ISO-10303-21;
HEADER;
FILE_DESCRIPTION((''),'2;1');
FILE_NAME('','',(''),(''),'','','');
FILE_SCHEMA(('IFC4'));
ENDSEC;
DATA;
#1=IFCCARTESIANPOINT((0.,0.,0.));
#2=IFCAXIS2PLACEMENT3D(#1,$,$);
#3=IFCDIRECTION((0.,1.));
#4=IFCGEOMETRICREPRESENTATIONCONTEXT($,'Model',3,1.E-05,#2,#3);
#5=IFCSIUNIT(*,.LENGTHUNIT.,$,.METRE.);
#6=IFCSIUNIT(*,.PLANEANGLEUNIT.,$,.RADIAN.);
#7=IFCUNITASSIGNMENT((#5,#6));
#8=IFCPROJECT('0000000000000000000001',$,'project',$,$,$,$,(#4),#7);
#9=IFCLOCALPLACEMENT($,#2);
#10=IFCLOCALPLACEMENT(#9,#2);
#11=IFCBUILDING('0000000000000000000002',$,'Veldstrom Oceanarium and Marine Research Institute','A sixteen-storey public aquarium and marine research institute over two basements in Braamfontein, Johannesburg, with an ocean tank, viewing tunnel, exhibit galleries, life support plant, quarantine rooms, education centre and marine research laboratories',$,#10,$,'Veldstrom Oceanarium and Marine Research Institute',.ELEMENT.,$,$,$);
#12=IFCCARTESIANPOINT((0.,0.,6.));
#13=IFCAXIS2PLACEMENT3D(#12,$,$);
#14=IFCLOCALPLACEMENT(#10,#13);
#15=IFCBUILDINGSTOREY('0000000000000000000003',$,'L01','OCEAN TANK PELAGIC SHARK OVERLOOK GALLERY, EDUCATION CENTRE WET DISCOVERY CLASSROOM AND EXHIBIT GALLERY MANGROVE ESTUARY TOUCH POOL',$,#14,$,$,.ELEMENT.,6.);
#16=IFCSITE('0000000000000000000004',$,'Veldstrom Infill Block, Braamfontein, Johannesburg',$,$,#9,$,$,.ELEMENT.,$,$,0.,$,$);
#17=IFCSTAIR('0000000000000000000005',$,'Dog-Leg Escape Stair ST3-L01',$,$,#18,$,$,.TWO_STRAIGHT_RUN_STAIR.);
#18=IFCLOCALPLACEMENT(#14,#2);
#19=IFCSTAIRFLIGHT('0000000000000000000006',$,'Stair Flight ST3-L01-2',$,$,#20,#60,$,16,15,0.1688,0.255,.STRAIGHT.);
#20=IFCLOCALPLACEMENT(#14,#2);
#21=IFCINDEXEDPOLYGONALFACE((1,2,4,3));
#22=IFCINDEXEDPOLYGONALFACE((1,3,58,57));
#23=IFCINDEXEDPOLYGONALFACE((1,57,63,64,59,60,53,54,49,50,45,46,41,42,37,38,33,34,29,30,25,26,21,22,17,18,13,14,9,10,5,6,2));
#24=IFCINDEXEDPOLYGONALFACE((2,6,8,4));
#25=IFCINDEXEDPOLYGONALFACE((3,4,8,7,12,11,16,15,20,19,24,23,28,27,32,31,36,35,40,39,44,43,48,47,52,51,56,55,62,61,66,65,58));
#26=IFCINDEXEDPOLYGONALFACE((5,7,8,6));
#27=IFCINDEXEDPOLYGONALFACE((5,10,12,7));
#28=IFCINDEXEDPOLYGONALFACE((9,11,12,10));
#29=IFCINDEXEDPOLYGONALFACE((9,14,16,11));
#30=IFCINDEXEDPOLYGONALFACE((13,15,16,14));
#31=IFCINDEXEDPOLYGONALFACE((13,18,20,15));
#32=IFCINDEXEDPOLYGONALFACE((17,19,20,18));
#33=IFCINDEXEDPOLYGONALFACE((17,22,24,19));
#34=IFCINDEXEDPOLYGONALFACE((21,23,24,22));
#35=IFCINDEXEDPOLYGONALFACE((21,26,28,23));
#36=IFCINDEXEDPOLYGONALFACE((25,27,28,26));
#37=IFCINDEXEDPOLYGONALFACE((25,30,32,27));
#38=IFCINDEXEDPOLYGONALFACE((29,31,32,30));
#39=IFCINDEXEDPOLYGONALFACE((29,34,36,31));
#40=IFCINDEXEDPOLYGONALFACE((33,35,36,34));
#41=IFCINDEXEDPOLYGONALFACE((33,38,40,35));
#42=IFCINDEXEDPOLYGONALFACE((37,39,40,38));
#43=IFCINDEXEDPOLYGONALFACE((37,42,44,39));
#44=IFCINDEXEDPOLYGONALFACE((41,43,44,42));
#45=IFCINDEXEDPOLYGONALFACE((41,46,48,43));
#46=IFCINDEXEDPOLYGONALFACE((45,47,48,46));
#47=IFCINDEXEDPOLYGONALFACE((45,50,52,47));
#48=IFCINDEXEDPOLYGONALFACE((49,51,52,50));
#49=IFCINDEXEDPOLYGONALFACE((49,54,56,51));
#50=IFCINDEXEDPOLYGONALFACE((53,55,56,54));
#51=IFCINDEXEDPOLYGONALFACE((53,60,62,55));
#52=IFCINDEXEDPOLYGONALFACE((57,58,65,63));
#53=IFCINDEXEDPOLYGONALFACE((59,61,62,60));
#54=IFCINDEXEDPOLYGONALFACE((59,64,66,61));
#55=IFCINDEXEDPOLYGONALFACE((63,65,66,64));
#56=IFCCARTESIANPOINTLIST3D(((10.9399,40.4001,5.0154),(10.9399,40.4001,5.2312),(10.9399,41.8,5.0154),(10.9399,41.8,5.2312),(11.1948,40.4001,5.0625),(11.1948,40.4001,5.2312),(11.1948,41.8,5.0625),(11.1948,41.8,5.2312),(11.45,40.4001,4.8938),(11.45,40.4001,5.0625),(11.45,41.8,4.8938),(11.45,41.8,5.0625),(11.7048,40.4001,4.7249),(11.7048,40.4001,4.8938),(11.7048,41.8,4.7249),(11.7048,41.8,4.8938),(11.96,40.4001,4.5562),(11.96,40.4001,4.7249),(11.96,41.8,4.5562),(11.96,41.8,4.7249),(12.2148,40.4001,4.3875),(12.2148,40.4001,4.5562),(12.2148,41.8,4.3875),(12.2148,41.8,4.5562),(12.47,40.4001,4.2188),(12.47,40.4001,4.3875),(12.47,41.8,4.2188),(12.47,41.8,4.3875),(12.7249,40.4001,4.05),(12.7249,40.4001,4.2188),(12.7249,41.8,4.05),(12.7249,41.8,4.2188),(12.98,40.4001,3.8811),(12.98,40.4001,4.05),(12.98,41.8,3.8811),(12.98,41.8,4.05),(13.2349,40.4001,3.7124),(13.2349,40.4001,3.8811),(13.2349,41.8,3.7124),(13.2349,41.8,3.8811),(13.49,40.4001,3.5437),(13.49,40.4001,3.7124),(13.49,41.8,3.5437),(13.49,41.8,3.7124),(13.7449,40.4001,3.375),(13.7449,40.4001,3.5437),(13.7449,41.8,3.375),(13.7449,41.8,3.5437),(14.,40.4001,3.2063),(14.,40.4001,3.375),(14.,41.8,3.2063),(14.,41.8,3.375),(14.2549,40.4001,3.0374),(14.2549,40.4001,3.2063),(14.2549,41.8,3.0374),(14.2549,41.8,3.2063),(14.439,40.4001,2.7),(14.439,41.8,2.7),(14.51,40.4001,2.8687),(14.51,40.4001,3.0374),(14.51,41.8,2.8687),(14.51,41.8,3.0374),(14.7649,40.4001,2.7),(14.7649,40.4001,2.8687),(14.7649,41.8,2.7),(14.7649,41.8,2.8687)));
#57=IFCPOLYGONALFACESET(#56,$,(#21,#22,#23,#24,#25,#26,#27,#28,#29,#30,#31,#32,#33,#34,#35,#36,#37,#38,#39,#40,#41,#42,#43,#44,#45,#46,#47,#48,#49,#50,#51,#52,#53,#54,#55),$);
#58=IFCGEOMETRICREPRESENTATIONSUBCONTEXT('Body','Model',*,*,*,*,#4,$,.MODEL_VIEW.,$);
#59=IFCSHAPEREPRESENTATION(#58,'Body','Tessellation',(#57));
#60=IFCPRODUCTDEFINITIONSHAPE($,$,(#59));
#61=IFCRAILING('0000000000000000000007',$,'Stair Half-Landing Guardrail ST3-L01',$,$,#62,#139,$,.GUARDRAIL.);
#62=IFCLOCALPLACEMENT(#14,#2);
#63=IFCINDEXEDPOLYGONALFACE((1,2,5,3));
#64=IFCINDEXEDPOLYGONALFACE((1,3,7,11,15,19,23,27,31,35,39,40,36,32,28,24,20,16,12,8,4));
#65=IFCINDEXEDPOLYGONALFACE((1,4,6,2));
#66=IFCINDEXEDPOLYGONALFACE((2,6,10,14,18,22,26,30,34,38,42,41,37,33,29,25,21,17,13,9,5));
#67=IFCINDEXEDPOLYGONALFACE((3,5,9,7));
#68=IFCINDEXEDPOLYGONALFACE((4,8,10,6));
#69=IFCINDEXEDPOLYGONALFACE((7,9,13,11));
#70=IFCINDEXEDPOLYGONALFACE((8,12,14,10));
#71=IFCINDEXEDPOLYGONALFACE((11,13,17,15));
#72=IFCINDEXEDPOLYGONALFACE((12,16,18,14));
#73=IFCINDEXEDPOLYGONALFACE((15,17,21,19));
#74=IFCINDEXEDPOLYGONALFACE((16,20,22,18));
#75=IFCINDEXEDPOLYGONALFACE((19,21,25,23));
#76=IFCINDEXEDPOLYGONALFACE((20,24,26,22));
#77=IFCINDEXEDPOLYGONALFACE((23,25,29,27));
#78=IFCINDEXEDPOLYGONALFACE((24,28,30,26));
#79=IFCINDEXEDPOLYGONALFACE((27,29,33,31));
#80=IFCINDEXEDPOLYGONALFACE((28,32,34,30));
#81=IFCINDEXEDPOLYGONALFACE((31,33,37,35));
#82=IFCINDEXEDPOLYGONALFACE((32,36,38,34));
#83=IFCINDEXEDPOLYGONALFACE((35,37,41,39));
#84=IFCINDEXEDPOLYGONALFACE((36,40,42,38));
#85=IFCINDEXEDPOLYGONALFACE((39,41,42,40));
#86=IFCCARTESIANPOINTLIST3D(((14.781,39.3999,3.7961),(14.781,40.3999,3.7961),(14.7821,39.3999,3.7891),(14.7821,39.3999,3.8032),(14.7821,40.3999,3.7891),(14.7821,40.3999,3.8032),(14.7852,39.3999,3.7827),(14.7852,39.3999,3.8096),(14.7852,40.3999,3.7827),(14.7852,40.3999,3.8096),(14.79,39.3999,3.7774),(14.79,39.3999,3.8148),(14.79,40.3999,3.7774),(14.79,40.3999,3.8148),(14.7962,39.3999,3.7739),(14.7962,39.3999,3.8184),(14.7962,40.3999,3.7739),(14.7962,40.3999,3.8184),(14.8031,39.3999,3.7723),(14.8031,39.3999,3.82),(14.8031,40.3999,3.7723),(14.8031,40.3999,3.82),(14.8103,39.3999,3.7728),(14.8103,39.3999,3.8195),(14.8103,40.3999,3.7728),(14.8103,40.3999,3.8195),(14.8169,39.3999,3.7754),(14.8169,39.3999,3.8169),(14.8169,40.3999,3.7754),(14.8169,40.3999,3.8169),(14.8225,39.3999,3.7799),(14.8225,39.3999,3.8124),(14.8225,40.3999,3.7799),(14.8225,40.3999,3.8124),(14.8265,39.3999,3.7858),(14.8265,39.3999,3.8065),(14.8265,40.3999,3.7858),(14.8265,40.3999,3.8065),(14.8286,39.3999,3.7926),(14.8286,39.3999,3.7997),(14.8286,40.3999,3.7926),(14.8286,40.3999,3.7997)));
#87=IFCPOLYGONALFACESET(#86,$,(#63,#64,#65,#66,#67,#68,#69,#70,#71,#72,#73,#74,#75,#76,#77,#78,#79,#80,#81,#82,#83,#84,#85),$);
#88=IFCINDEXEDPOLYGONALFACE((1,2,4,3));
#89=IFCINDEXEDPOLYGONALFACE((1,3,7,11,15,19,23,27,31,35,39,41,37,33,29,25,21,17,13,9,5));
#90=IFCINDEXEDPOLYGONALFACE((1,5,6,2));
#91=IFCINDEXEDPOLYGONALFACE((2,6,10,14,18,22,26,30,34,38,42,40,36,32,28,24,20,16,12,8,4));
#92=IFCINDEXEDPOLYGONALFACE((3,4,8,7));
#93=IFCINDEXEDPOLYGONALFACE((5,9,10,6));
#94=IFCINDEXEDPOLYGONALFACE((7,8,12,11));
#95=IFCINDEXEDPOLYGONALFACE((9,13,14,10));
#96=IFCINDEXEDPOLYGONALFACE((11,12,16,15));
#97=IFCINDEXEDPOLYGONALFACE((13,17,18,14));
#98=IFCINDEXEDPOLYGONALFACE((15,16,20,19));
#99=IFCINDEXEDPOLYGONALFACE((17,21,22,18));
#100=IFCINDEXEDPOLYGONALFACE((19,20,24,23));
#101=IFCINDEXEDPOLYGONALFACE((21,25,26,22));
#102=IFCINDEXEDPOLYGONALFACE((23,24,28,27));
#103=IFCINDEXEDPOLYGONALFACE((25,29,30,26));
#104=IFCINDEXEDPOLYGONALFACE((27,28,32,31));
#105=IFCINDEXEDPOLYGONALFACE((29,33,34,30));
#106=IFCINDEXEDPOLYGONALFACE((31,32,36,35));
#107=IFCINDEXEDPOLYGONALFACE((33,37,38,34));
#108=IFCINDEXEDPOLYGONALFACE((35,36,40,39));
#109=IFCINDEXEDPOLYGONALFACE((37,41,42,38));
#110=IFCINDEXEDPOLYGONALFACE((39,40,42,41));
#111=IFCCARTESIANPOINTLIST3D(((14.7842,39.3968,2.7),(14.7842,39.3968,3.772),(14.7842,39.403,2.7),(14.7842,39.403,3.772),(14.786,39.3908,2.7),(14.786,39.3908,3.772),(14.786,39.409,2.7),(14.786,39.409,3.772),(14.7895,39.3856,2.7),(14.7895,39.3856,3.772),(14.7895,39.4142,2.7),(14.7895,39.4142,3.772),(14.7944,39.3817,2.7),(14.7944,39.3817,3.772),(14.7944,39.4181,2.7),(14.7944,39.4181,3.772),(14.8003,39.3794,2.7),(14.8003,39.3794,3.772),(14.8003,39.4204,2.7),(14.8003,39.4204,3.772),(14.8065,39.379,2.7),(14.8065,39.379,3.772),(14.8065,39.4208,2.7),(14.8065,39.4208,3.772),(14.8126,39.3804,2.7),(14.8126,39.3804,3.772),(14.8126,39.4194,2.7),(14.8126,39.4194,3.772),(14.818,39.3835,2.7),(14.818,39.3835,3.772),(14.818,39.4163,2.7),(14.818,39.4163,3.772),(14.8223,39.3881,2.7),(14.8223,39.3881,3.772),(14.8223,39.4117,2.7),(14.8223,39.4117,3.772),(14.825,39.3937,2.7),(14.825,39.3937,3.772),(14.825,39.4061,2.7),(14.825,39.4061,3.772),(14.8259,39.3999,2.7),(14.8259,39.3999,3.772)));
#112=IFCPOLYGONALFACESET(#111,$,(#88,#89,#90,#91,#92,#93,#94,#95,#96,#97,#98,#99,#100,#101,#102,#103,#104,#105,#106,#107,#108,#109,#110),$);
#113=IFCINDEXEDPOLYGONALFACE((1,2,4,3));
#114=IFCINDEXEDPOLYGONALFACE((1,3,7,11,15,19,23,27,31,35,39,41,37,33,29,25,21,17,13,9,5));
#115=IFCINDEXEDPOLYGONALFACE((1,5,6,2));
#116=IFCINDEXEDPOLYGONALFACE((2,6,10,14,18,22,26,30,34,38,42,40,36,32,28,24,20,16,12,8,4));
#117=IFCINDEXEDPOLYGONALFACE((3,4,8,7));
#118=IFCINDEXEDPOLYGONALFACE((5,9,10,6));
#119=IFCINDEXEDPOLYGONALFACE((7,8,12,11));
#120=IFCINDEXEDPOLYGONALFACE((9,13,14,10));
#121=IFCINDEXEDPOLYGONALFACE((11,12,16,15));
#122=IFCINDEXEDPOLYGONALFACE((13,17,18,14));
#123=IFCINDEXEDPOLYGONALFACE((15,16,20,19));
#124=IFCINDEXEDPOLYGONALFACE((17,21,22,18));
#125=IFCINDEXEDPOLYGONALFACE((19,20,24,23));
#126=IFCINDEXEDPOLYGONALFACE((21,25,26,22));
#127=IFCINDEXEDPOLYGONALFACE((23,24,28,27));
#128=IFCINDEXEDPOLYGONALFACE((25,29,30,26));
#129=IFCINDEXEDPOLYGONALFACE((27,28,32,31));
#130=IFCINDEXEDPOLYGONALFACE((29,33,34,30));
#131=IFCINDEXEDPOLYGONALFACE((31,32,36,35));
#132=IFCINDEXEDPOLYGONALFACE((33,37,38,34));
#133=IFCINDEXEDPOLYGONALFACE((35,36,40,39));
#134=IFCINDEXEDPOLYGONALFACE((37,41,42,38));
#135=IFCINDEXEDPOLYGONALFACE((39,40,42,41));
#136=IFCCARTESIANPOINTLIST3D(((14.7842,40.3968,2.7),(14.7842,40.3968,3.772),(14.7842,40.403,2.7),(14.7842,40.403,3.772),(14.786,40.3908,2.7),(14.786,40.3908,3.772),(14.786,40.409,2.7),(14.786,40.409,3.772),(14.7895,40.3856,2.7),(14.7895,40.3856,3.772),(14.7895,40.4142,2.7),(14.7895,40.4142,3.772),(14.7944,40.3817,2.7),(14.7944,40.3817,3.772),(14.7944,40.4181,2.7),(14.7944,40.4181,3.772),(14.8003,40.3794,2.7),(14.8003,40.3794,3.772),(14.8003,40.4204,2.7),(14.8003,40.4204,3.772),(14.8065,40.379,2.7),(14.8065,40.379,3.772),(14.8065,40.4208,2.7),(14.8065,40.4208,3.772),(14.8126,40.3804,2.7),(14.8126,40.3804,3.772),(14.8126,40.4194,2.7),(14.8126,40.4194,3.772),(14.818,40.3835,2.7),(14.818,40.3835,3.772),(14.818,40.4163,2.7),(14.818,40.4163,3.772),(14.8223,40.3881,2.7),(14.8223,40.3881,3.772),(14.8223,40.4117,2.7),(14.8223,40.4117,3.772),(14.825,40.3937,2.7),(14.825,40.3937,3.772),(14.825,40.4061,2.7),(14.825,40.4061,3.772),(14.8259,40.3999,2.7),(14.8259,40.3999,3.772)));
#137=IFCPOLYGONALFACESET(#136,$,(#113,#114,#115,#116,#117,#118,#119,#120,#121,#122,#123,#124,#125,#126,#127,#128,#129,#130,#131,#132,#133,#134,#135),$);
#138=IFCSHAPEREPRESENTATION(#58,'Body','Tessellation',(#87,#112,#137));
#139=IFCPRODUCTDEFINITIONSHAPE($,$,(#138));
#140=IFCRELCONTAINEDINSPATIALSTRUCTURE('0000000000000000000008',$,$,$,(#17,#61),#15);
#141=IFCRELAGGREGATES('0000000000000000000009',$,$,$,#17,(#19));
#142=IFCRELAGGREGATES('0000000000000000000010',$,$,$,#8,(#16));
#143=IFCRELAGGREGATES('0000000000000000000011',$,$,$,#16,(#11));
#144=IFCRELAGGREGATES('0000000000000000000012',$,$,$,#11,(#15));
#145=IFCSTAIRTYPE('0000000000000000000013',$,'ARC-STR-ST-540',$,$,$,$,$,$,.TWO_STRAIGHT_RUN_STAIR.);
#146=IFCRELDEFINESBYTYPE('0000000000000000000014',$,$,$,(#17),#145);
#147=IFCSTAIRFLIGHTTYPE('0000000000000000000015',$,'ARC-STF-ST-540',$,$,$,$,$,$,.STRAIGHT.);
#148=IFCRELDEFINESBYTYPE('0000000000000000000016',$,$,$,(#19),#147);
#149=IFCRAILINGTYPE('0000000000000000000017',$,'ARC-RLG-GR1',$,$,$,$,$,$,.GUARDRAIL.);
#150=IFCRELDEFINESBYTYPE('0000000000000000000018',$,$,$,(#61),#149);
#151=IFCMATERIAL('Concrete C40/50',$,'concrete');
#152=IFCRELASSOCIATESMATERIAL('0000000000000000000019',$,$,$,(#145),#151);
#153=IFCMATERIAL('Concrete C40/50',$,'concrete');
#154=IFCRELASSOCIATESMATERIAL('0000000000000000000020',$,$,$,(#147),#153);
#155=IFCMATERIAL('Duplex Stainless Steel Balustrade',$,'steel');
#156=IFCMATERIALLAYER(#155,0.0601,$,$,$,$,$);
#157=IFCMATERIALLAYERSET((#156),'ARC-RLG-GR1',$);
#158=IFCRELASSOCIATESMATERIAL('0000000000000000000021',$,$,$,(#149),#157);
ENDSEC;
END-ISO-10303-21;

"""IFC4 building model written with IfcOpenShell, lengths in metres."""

from ifc_helpers import new_model, si_unit, direction, frame, origin, origin_2d, place, context, subcontext, project, spatial, polyline, circle, outline, extrude, material, layer, layer_set, type_object, element, aggregate, save


model = new_model("IFC4")

# Units and contexts
model_context = context("Model", 3, precision=1e-05, world=origin(), true_north=direction((0.0, 1.0)))
body_context = subcontext(model_context, "Body", "Model", "MODEL_VIEW")
ifc_project = project(units=[si_unit("LENGTHUNIT", "METRE"), si_unit("PLANEANGLEUNIT", "RADIAN")], contexts=[model_context])

# Site, building, storey
site_placement = place(None, origin())
site = spatial("IfcSite", under=ifc_project, at=site_placement, Name="Veldstrom Infill Block, Braamfontein, Johannesburg", CompositionType="ELEMENT", RefElevation=0.0)
building_placement = place(site_placement, origin())
building = spatial("IfcBuilding", under=site, at=building_placement, Name="Veldstrom Oceanarium and Marine Research Institute", Description="A sixteen-storey public aquarium and marine research institute over two basements in Braamfontein, Johannesburg, with an ocean tank, viewing tunnel, exhibit galleries, life support plant, quarantine rooms, education centre and marine research laboratories", LongName="Veldstrom Oceanarium and Marine Research Institute", CompositionType="ELEMENT")
storey_placement = place(building_placement, frame((0.0, 0.0, 6.0)))
storey = spatial("IfcBuildingStorey", under=building, at=storey_placement, Name="L01", Description="OCEAN TANK PELAGIC SHARK OVERLOOK GALLERY, EDUCATION CENTRE WET DISCOVERY CLASSROOM AND EXHIBIT GALLERY MANGROVE ESTUARY TOUCH POOL", CompositionType="ELEMENT", Elevation=6.0)

# Stair, stair flight
ifc_material_1 = material(Name="Concrete C40/50", Category="concrete")
stair_type = type_object("IfcStairType", Name="ARC-STR-ST-540", PredefinedType="TWO_STRAIGHT_RUN_STAIR", material=ifc_material_1)
stair_placement = place(storey_placement, origin())
stair = element("IfcStair", 1, at=stair_placement, inside=storey, type_object=stair_type, Name="Dog-Leg Escape Stair ST3-L01", PredefinedType="TWO_STRAIGHT_RUN_STAIR")
ifc_material_2 = material(Name="Concrete C40/50", Category="concrete")
stair_flight_type = type_object("IfcStairFlightType", Name="ARC-STF-ST-540", PredefinedType="STRAIGHT", material=ifc_material_2)
stair_flight_placement = place(storey_placement, frame((14.7649, 41.1001, 2.7), z_axis=(0.0, 0.0, 1.0), x_axis=(-1.0, 0.0, 0.0)))
stair_flight = element("IfcStairFlight", 2, at=stair_flight_placement, type_object=stair_flight_type, Name="Stair Flight ST3-L01-2", NumberOfRisers=16, NumberOfTreads=15, PredefinedType="STRAIGHT", RiserHeight=0.1688, TreadLength=0.255, context=body_context, shape_type="SweptSolid", body=[
    extrude(outline(polyline([(0.0, 0.0), (0.0, 0.1687), (0.2549, 0.1687), (0.2549, 0.3374), (0.51, 0.3374), (0.51, 0.5063), (0.7649, 0.5063), (0.7649, 0.675), (1.02, 0.675), (1.02, 0.8438), (1.2749, 0.8438), (1.2749, 1.0125), (1.53, 1.0125), (1.53, 1.1812), (1.7849, 1.1812), (1.7849, 1.3501), (2.04, 1.3501), (2.04, 1.5188), (2.2949, 1.5188), (2.2949, 1.6875), (2.55, 1.6875), (2.55, 1.8562), (2.8049, 1.8562), (2.8049, 2.0249), (3.0601, 2.0249), (3.0601, 2.1938), (3.3149, 2.1938), (3.3149, 2.3625), (3.5701, 2.3625), (3.5701, 2.5312), (3.825, 2.5312), (3.825, 2.7), (3.825, 2.3154), (0.3259, 0.0), (0.0, 0.0)])), frame((0.0, 0.7, 0.0), z_axis=(0.0, -1.0, 0.0), x_axis=(1.0, 0.0, 0.0)), (0.0, 0.0, 1.0), 1.3999),
])
aggregate(stair, [stair_flight])

# Railing
ifc_material_3 = material(Name="Duplex Stainless Steel Balustrade", Category="steel")
ifc_layer_1 = layer(ifc_material_3, 0.0601)
ifc_layer_set_1 = layer_set([ifc_layer_1], Name="ARC-RLG-GR1")
railing_type_1 = type_object("IfcRailingType", Name="ARC-RLG-GR1", PredefinedType="GUARDRAIL", material=ifc_layer_set_1)
railing_1_placement = place(storey_placement, frame((14.8049, 39.3999, 2.7)))
element("IfcRailing", 3, at=railing_1_placement, inside=storey, type_object=railing_type_1, Name="Stair Half-Landing Guardrail ST3-L01", PredefinedType="GUARDRAIL", context=body_context, shape_type="SweptSolid", body=[
    extrude(circle(Radius=0.0239, at=origin_2d()), frame((0.0, 0.0, 1.0962), z_axis=(0.0, 1.0, 0.0), x_axis=(-1.0, 0.0, 0.0)), (0.0, 0.0, 1.0), 1.0),
    extrude(circle(Radius=0.021, at=origin_2d()), origin(), (0.0, 0.0, 1.0), 1.072),
    extrude(circle(Radius=0.021, at=origin_2d()), frame((0.0, 1.0, 0.0)), (0.0, 0.0, 1.0), 1.072),
])

save(model, "model.ifc")
